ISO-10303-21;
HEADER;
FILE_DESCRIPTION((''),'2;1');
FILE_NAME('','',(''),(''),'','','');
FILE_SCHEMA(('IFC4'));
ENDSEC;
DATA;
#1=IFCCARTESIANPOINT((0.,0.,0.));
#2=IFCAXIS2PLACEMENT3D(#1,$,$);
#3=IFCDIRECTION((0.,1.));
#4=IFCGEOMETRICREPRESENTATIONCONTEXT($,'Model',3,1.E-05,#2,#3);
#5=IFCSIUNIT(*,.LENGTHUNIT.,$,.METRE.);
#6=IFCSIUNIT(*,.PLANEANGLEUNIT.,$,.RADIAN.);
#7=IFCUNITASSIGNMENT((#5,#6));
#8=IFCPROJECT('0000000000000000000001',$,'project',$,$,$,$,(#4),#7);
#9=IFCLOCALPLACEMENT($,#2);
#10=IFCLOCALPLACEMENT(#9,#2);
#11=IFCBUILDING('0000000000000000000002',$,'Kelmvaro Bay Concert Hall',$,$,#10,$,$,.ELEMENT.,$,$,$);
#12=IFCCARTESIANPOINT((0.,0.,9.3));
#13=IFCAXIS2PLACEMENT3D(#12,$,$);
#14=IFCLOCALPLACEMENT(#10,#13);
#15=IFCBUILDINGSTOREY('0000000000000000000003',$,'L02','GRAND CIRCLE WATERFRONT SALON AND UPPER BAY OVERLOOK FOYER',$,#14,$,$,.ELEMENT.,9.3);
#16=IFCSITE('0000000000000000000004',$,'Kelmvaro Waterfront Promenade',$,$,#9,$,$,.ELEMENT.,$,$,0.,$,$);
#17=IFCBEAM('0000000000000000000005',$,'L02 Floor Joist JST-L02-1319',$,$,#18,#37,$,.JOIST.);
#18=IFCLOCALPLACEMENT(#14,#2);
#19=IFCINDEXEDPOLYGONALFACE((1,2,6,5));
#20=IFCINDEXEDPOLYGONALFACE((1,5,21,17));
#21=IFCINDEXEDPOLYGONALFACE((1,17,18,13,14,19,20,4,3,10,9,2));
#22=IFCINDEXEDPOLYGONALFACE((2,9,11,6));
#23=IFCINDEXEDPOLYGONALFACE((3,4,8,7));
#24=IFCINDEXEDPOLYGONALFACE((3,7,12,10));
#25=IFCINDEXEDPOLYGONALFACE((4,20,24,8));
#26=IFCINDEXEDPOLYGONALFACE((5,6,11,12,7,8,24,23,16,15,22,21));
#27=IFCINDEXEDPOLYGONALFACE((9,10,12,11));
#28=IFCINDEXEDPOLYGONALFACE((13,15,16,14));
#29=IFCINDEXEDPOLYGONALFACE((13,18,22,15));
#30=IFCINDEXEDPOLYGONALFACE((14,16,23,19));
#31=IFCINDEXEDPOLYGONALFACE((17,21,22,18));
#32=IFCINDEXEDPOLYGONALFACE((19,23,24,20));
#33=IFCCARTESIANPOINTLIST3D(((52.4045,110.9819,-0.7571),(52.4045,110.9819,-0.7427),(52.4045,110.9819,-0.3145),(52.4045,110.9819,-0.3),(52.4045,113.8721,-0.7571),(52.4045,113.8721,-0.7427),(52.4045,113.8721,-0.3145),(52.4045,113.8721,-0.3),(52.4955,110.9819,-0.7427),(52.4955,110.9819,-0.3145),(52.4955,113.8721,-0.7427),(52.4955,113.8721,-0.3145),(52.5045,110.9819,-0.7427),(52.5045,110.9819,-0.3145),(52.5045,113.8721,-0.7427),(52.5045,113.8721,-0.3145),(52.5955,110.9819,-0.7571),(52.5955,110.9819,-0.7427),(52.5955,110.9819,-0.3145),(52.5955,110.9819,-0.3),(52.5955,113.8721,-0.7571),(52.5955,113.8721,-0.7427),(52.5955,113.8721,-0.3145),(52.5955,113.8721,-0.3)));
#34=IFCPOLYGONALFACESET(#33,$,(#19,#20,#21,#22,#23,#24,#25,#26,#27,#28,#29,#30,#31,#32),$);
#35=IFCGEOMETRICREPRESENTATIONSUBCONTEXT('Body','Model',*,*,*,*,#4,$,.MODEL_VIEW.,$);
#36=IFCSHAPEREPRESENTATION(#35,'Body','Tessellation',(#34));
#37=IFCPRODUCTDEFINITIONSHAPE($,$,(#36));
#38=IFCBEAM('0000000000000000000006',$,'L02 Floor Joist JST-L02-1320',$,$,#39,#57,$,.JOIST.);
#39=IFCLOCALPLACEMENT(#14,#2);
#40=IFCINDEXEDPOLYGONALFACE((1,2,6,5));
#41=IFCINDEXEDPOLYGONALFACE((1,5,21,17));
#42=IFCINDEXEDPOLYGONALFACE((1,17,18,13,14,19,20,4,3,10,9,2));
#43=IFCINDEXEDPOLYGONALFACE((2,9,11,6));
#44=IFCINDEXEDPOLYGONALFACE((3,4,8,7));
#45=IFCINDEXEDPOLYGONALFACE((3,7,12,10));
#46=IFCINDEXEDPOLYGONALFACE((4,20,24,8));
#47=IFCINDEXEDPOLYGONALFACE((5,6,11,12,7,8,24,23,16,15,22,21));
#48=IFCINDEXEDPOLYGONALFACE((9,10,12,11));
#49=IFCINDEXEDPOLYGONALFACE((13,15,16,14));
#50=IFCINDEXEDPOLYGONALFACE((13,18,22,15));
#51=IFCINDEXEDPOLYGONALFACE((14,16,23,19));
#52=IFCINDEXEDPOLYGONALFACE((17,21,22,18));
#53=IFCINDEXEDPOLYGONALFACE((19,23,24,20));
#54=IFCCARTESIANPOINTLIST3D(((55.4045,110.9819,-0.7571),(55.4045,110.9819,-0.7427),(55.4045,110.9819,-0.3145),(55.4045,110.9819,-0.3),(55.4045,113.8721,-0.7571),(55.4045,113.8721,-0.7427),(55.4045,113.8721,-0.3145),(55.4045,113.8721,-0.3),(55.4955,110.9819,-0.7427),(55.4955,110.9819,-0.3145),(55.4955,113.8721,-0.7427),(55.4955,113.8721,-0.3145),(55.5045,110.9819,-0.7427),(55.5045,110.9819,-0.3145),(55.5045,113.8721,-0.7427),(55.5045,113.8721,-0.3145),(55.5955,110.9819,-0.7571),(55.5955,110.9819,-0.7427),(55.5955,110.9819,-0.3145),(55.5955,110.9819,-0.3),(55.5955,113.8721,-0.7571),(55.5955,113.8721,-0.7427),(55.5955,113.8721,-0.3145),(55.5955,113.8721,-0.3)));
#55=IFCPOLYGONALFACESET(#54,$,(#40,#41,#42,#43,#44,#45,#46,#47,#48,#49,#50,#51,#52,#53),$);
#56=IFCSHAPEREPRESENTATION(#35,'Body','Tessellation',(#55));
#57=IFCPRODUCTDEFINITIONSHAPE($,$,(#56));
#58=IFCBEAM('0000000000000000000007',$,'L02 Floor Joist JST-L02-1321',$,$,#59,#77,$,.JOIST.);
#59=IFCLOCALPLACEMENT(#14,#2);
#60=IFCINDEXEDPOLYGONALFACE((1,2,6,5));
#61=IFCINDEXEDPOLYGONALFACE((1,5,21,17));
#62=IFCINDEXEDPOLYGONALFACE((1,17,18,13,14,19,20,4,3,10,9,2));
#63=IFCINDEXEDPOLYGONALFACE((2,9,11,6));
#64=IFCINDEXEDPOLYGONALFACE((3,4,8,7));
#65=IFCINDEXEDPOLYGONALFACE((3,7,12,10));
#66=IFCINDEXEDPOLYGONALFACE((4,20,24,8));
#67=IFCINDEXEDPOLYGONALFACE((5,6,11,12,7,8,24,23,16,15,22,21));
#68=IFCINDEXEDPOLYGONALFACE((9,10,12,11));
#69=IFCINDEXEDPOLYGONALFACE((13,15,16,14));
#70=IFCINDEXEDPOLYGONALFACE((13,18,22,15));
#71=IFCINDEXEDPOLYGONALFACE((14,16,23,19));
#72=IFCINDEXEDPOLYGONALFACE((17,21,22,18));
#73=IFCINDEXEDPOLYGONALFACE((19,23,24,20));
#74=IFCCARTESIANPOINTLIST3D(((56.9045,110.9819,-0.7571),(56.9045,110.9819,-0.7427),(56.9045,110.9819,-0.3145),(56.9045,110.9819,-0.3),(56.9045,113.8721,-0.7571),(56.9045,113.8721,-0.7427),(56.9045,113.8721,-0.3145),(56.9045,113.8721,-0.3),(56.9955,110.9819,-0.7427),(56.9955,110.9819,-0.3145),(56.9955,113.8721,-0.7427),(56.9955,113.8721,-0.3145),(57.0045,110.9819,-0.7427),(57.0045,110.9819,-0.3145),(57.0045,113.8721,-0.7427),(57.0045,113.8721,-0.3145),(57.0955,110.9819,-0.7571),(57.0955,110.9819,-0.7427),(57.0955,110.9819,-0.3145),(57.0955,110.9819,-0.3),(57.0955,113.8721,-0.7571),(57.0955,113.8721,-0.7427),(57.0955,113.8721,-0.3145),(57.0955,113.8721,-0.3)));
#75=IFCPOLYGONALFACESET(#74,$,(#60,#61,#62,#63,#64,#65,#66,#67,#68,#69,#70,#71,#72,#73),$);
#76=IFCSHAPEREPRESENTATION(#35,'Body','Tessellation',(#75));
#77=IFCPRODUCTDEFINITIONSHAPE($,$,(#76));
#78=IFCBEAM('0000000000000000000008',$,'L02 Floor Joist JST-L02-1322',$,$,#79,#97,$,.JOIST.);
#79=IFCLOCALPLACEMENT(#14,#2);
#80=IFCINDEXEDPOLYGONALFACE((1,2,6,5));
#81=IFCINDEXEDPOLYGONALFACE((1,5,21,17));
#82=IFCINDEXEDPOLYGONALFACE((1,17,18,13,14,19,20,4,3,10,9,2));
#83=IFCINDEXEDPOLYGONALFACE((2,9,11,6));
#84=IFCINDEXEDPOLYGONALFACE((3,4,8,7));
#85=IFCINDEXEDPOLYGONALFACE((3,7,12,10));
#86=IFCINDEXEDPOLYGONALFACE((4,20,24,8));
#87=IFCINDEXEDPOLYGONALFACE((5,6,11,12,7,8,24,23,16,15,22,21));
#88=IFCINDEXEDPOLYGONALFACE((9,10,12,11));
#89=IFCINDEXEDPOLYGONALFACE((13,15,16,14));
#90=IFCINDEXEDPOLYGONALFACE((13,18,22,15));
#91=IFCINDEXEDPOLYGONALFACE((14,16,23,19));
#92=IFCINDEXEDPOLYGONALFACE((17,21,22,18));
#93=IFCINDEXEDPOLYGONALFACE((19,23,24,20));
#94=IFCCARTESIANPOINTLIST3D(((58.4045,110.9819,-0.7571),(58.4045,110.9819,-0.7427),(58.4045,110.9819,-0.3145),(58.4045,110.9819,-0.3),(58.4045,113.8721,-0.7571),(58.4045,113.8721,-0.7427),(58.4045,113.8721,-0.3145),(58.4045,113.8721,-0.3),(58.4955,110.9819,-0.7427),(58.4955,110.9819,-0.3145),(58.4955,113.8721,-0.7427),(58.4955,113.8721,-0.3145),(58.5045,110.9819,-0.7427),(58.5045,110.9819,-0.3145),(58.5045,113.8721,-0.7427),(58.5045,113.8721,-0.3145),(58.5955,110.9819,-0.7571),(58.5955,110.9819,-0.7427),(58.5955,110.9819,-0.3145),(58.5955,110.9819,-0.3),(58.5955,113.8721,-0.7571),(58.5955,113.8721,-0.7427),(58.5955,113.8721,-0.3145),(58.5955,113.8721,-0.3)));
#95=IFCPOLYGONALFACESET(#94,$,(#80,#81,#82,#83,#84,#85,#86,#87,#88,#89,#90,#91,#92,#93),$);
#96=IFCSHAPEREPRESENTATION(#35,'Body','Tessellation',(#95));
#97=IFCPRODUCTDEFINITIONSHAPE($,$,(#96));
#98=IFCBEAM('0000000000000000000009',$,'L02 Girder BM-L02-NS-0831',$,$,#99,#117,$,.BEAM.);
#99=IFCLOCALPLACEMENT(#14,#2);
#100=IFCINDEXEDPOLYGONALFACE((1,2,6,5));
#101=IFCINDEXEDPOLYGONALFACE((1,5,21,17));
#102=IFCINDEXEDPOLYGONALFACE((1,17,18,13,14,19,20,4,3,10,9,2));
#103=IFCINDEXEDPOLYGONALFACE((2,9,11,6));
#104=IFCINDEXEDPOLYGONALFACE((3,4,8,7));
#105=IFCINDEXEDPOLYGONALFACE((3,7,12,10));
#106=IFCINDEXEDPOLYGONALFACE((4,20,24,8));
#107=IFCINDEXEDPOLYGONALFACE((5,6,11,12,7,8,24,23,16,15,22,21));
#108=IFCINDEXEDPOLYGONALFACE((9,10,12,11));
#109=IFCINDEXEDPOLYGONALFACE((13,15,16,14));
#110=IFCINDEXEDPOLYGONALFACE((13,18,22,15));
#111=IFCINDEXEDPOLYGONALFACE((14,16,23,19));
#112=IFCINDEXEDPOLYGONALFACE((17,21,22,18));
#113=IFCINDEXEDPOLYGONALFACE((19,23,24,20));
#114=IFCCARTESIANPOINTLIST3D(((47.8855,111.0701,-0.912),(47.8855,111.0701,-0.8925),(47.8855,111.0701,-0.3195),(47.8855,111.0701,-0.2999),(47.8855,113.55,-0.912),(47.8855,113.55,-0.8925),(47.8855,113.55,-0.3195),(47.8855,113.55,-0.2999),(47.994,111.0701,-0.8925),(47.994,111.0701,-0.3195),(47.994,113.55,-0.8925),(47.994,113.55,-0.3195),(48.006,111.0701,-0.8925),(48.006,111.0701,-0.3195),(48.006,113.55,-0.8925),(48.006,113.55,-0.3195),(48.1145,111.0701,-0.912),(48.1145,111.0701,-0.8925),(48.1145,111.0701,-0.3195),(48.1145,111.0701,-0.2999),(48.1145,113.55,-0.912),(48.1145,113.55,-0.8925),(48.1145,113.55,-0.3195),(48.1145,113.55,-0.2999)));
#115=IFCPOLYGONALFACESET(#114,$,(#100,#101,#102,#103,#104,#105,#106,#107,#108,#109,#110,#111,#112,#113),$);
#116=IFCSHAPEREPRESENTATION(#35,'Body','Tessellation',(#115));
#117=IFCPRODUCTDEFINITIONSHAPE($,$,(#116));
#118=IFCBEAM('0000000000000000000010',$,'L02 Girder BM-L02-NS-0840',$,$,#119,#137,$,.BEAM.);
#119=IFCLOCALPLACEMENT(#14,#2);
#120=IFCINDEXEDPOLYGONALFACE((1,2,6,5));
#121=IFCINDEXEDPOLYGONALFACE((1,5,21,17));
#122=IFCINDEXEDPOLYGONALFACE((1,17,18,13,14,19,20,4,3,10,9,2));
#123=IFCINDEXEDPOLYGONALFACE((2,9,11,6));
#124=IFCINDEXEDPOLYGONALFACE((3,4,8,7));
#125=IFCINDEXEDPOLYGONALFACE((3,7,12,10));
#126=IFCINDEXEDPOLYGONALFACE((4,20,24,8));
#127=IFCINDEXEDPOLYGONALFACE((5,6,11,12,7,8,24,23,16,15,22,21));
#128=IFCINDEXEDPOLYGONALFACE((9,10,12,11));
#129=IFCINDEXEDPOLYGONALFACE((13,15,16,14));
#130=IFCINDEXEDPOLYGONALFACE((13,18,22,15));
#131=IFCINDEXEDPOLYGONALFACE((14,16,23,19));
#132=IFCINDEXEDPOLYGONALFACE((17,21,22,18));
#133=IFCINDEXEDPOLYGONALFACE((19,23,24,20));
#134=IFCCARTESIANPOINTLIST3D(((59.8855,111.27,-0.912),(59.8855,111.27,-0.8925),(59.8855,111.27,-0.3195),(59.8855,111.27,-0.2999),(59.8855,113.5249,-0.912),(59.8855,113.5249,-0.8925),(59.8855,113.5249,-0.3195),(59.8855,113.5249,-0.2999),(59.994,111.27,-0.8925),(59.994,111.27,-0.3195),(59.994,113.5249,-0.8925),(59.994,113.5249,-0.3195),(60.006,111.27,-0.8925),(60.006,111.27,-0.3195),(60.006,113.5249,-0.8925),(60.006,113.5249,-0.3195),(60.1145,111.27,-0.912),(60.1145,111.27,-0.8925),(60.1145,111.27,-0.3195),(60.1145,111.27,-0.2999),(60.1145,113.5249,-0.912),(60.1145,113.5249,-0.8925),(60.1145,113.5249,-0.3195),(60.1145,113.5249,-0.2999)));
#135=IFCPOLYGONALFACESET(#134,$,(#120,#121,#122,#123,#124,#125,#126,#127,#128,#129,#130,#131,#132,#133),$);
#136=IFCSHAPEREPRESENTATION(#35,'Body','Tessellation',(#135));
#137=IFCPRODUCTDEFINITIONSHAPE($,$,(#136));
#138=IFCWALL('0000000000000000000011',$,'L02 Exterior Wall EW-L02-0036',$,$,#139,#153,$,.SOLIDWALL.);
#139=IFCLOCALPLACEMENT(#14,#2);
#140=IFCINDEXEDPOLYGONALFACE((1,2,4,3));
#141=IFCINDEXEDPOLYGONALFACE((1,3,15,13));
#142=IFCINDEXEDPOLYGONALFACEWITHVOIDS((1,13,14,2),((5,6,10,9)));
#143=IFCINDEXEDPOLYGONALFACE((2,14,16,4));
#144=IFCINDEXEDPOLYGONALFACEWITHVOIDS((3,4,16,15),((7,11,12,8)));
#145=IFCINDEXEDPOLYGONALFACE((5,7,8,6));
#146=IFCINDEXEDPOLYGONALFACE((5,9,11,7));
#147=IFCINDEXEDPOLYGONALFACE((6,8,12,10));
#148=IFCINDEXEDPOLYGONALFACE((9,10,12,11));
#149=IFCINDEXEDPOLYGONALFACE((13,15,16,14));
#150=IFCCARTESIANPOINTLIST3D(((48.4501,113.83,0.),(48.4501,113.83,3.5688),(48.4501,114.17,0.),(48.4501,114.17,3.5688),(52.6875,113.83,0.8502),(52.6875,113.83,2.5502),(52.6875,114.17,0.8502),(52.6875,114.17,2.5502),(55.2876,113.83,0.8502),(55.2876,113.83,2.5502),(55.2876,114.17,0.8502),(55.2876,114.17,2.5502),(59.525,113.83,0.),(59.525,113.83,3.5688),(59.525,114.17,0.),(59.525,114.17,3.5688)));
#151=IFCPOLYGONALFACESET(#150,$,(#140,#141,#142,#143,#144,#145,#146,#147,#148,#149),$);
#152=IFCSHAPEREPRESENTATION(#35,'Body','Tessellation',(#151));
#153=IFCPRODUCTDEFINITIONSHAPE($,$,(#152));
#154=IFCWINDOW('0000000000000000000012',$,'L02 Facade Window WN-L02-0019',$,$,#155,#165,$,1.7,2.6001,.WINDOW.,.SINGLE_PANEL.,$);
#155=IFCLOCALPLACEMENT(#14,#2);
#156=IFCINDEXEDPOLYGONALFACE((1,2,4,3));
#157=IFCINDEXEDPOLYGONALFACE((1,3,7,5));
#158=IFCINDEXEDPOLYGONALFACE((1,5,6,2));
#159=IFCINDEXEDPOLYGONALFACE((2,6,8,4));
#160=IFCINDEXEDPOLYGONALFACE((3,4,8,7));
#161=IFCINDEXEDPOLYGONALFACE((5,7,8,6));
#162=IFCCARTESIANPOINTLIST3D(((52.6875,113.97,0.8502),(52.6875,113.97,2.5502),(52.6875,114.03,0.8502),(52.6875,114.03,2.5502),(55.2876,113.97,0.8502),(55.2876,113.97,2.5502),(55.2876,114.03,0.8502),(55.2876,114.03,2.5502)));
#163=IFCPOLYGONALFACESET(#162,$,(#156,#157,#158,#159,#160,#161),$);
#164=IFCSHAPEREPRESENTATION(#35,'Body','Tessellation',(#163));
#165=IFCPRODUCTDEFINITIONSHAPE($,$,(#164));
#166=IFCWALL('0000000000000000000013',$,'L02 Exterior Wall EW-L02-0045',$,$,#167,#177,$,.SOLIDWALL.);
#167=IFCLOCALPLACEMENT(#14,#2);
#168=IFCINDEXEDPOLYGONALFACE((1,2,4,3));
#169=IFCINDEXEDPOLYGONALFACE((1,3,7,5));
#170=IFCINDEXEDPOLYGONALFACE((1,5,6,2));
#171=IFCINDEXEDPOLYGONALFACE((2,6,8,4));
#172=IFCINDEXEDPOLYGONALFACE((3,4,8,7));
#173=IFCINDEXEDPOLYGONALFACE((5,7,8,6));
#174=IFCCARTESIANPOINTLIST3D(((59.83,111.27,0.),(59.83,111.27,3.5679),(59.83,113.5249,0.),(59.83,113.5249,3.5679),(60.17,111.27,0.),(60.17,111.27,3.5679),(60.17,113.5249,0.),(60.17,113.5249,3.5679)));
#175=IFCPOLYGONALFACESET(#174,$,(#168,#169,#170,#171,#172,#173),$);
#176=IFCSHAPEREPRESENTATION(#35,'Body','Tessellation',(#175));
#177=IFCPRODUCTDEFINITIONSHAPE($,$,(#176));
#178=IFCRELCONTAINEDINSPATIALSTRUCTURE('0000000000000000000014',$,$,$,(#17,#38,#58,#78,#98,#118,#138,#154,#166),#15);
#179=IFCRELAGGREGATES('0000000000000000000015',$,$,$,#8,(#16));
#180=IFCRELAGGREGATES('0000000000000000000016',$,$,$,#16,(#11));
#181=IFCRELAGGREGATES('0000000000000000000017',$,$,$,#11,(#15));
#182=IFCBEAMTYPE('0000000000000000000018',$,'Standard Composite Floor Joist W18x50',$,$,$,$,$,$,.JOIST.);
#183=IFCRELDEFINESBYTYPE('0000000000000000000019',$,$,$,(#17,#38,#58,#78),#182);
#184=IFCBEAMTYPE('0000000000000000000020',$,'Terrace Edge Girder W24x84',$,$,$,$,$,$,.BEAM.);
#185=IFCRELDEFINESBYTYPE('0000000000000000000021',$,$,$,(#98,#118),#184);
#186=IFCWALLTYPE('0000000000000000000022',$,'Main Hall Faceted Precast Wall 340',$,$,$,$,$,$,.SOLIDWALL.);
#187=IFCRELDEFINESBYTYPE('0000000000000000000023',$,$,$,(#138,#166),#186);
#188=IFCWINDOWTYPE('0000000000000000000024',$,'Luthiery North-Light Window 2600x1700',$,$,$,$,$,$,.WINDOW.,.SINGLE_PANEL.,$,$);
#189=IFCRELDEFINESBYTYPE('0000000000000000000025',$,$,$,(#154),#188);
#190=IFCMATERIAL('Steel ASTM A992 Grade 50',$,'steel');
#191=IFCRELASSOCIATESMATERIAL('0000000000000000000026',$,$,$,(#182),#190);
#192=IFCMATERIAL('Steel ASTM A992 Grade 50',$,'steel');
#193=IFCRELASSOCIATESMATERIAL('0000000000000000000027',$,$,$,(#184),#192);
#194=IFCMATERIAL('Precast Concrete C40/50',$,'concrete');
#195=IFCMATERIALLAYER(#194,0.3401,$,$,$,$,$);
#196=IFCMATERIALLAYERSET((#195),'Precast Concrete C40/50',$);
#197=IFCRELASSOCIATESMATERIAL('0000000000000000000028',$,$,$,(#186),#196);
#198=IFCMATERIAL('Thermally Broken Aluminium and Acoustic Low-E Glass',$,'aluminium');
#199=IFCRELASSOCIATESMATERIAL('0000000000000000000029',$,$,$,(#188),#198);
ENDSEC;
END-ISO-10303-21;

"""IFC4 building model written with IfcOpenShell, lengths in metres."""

from ifc_helpers import new_model, si_unit, direction, frame, frame_2d, origin, origin_2d, place, context, subcontext, project, spatial, rectangle, i_section, extrude, material, layer, layer_set, material_profile, profile_set, type_object, element, fill, save


model = new_model("IFC4")

# Units and contexts
model_context = context("Model", 3, precision=1e-05, world=origin(), true_north=direction((0.0, 1.0)))
body_context = subcontext(model_context, "Body", "Model", "MODEL_VIEW")
ifc_project = project(units=[si_unit("LENGTHUNIT", "METRE"), si_unit("PLANEANGLEUNIT", "RADIAN")], contexts=[model_context])

# Site, building, storey
site_placement = place(None, origin())
site = spatial("IfcSite", under=ifc_project, at=site_placement, Name="Kelmvaro Waterfront Promenade", CompositionType="ELEMENT", RefElevation=0.0)
building_placement = place(site_placement, origin())
building = spatial("IfcBuilding", under=site, at=building_placement, Name="Kelmvaro Bay Concert Hall", CompositionType="ELEMENT")
storey_placement = place(building_placement, frame((0.0, 0.0, 9.3)))
storey = spatial("IfcBuildingStorey", under=building, at=storey_placement, Name="L02", Description="GRAND CIRCLE WATERFRONT SALON AND UPPER BAY OVERLOOK FOYER", CompositionType="ELEMENT", Elevation=9.3)

# Beams
ifc_material_1 = material(Name="Steel ASTM A992 Grade 50", Category="steel")
ifc_material_profile_1 = material_profile(ifc_material_1, i_section(OverallWidth=0.1909, OverallDepth=0.457, WebThickness=0.009, FlangeThickness=0.0144, at=origin_2d()), Name="W18X50")
ifc_profile_set_1 = profile_set([ifc_material_profile_1], Name="Steel ASTM A992 Grade 50")
beam_type_1 = type_object("IfcBeamType", Name="Standard Composite Floor Joist W18x50", PredefinedType="JOIST", material=ifc_profile_set_1)
for number, where, z_axis, x_axis, name in (
    (1, (52.5, 110.9819, -0.5286), (0.0, 1.0, 0.0), (-1.0, 0.0, 0.0), "L02 Floor Joist JST-L02-1319"),
    (2, (55.5, 110.9819, -0.5286), (0.0, 1.0, 0.0), (-1.0, 0.0, 0.0), "L02 Floor Joist JST-L02-1320"),
    (3, (57.0, 110.9819, -0.5286), (0.0, 1.0, 0.0), (-1.0, 0.0, 0.0), "L02 Floor Joist JST-L02-1321"),
    (4, (58.5, 110.9819, -0.5286), (0.0, 1.0, 0.0), (-1.0, 0.0, 0.0), "L02 Floor Joist JST-L02-1322"),
):
    element("IfcBeam", number, at=place(storey_placement, frame(where, z_axis=z_axis, x_axis=x_axis)), inside=storey, type_object=beam_type_1, Name=name, PredefinedType="JOIST", context=body_context, shape_type="SweptSolid", body=[
        extrude(i_section(OverallWidth=0.1909, OverallDepth=0.457, WebThickness=0.009, FlangeThickness=0.0144, at=origin_2d()), origin(), (0.0, 0.0, 1.0), 2.8901),
    ])
ifc_material_2 = material(Name="Steel ASTM A992 Grade 50", Category="steel")
ifc_material_profile_2 = material_profile(ifc_material_2, i_section(OverallWidth=0.229, OverallDepth=0.6121, WebThickness=0.012, FlangeThickness=0.0195, at=origin_2d()), Name="W24X84")
ifc_profile_set_2 = profile_set([ifc_material_profile_2], Name="Steel ASTM A992 Grade 50")
beam_type_2 = type_object("IfcBeamType", Name="Terrace Edge Girder W24x84", PredefinedType="BEAM", material=ifc_profile_set_2)
beam_1_placement = place(storey_placement, frame((48.0, 111.0701, -0.606), z_axis=(0.0, 1.0, 0.0), x_axis=(-1.0, 0.0, 0.0)))
element("IfcBeam", 5, at=beam_1_placement, inside=storey, type_object=beam_type_2, Name="L02 Girder BM-L02-NS-0831", PredefinedType="BEAM", context=body_context, shape_type="SweptSolid", body=[
    extrude(i_section(OverallWidth=0.229, OverallDepth=0.6121, WebThickness=0.012, FlangeThickness=0.0195, at=origin_2d()), origin(), (0.0, 0.0, 1.0), 2.48),
])
beam_2_placement = place(storey_placement, frame((60.0, 111.27, -0.606), z_axis=(0.0, 1.0, 0.0), x_axis=(-1.0, 0.0, 0.0)))
element("IfcBeam", 6, at=beam_2_placement, inside=storey, type_object=beam_type_2, Name="L02 Girder BM-L02-NS-0840", PredefinedType="BEAM", context=body_context, shape_type="SweptSolid", body=[
    extrude(i_section(OverallWidth=0.229, OverallDepth=0.6121, WebThickness=0.012, FlangeThickness=0.0195, at=origin_2d()), origin(), (0.0, 0.0, 1.0), 2.2549),
])

# Wall, opening, window
ifc_material_3 = material(Name="Precast Concrete C40/50", Category="concrete")
ifc_layer_1 = layer(ifc_material_3, 0.3401)
ifc_layer_set_1 = layer_set([ifc_layer_1], Name="Precast Concrete C40/50")
wall_type_1 = type_object("IfcWallType", Name="Main Hall Faceted Precast Wall 340", PredefinedType="SOLIDWALL", material=ifc_layer_set_1)
wall_1_placement = place(storey_placement, frame((48.45, 114.0, 0.0), z_axis=(0.0, 0.0, 1.0), x_axis=(1.0, 0.0, 0.0)))
wall_1 = element("IfcWall", 7, at=wall_1_placement, inside=storey, type_object=wall_type_1, Name="L02 Exterior Wall EW-L02-0036", PredefinedType="SOLIDWALL", context=body_context, shape_type="SweptSolid", body=[
    extrude(rectangle(XDim=11.075, YDim=0.3401, at=frame_2d((5.5376, 0.0))), origin(), (0.0, 0.0, 1.0), 3.5688),
])
opening_1_placement = place(wall_1_placement, frame((4.2375, 0.0, 0.8501)))
opening_1 = element("IfcOpeningElement", 8, at=opening_1_placement, cuts=wall_1, PredefinedType="OPENING", context=body_context, shape_type="SweptSolid", body=[
    extrude(rectangle(XDim=2.6001, YDim=1.7, at=frame_2d((1.3, 0.8501))), frame((0.0, 0.1799, 0.0), z_axis=(0.0, -1.0, 0.0), x_axis=(1.0, 0.0, 0.0)), (0.0, 0.0, 1.0), 0.3601),
])
ifc_material_4 = material(Name="Thermally Broken Aluminium and Acoustic Low-E Glass", Category="aluminium")
window_type_1 = type_object("IfcWindowType", Name="Luthiery North-Light Window 2600x1700", PartitioningType="SINGLE_PANEL", PredefinedType="WINDOW", material=ifc_material_4)
window_1_placement = place(opening_1_placement, origin())
window_1 = element("IfcWindow", 9, at=window_1_placement, inside=storey, type_object=window_type_1, Name="L02 Facade Window WN-L02-0019", OverallHeight=1.7, OverallWidth=2.6001, PartitioningType="SINGLE_PANEL", PredefinedType="WINDOW", context=body_context, shape_type="SweptSolid", body=[
    extrude(rectangle(XDim=2.6001, YDim=1.7, at=frame_2d((1.3, 0.8501))), frame((0.0, 0.03, 0.0), z_axis=(0.0, -1.0, 0.0), x_axis=(1.0, 0.0, 0.0)), (0.0, 0.0, 1.0), 0.0601),
])
fill(opening_1, window_1)

# Wall
wall_2_placement = place(storey_placement, frame((60.0, 113.5249, 0.0), z_axis=(0.0, 0.0, 1.0), x_axis=(0.0, -1.0, 0.0)))
element("IfcWall", 10, at=wall_2_placement, inside=storey, type_object=wall_type_1, Name="L02 Exterior Wall EW-L02-0045", PredefinedType="SOLIDWALL", context=body_context, shape_type="SweptSolid", body=[
    extrude(rectangle(XDim=2.2549, YDim=0.3401, at=frame_2d((1.1274, 0.0))), origin(), (0.0, 0.0, 1.0), 3.5679),
])

save(model, "model.ifc")
